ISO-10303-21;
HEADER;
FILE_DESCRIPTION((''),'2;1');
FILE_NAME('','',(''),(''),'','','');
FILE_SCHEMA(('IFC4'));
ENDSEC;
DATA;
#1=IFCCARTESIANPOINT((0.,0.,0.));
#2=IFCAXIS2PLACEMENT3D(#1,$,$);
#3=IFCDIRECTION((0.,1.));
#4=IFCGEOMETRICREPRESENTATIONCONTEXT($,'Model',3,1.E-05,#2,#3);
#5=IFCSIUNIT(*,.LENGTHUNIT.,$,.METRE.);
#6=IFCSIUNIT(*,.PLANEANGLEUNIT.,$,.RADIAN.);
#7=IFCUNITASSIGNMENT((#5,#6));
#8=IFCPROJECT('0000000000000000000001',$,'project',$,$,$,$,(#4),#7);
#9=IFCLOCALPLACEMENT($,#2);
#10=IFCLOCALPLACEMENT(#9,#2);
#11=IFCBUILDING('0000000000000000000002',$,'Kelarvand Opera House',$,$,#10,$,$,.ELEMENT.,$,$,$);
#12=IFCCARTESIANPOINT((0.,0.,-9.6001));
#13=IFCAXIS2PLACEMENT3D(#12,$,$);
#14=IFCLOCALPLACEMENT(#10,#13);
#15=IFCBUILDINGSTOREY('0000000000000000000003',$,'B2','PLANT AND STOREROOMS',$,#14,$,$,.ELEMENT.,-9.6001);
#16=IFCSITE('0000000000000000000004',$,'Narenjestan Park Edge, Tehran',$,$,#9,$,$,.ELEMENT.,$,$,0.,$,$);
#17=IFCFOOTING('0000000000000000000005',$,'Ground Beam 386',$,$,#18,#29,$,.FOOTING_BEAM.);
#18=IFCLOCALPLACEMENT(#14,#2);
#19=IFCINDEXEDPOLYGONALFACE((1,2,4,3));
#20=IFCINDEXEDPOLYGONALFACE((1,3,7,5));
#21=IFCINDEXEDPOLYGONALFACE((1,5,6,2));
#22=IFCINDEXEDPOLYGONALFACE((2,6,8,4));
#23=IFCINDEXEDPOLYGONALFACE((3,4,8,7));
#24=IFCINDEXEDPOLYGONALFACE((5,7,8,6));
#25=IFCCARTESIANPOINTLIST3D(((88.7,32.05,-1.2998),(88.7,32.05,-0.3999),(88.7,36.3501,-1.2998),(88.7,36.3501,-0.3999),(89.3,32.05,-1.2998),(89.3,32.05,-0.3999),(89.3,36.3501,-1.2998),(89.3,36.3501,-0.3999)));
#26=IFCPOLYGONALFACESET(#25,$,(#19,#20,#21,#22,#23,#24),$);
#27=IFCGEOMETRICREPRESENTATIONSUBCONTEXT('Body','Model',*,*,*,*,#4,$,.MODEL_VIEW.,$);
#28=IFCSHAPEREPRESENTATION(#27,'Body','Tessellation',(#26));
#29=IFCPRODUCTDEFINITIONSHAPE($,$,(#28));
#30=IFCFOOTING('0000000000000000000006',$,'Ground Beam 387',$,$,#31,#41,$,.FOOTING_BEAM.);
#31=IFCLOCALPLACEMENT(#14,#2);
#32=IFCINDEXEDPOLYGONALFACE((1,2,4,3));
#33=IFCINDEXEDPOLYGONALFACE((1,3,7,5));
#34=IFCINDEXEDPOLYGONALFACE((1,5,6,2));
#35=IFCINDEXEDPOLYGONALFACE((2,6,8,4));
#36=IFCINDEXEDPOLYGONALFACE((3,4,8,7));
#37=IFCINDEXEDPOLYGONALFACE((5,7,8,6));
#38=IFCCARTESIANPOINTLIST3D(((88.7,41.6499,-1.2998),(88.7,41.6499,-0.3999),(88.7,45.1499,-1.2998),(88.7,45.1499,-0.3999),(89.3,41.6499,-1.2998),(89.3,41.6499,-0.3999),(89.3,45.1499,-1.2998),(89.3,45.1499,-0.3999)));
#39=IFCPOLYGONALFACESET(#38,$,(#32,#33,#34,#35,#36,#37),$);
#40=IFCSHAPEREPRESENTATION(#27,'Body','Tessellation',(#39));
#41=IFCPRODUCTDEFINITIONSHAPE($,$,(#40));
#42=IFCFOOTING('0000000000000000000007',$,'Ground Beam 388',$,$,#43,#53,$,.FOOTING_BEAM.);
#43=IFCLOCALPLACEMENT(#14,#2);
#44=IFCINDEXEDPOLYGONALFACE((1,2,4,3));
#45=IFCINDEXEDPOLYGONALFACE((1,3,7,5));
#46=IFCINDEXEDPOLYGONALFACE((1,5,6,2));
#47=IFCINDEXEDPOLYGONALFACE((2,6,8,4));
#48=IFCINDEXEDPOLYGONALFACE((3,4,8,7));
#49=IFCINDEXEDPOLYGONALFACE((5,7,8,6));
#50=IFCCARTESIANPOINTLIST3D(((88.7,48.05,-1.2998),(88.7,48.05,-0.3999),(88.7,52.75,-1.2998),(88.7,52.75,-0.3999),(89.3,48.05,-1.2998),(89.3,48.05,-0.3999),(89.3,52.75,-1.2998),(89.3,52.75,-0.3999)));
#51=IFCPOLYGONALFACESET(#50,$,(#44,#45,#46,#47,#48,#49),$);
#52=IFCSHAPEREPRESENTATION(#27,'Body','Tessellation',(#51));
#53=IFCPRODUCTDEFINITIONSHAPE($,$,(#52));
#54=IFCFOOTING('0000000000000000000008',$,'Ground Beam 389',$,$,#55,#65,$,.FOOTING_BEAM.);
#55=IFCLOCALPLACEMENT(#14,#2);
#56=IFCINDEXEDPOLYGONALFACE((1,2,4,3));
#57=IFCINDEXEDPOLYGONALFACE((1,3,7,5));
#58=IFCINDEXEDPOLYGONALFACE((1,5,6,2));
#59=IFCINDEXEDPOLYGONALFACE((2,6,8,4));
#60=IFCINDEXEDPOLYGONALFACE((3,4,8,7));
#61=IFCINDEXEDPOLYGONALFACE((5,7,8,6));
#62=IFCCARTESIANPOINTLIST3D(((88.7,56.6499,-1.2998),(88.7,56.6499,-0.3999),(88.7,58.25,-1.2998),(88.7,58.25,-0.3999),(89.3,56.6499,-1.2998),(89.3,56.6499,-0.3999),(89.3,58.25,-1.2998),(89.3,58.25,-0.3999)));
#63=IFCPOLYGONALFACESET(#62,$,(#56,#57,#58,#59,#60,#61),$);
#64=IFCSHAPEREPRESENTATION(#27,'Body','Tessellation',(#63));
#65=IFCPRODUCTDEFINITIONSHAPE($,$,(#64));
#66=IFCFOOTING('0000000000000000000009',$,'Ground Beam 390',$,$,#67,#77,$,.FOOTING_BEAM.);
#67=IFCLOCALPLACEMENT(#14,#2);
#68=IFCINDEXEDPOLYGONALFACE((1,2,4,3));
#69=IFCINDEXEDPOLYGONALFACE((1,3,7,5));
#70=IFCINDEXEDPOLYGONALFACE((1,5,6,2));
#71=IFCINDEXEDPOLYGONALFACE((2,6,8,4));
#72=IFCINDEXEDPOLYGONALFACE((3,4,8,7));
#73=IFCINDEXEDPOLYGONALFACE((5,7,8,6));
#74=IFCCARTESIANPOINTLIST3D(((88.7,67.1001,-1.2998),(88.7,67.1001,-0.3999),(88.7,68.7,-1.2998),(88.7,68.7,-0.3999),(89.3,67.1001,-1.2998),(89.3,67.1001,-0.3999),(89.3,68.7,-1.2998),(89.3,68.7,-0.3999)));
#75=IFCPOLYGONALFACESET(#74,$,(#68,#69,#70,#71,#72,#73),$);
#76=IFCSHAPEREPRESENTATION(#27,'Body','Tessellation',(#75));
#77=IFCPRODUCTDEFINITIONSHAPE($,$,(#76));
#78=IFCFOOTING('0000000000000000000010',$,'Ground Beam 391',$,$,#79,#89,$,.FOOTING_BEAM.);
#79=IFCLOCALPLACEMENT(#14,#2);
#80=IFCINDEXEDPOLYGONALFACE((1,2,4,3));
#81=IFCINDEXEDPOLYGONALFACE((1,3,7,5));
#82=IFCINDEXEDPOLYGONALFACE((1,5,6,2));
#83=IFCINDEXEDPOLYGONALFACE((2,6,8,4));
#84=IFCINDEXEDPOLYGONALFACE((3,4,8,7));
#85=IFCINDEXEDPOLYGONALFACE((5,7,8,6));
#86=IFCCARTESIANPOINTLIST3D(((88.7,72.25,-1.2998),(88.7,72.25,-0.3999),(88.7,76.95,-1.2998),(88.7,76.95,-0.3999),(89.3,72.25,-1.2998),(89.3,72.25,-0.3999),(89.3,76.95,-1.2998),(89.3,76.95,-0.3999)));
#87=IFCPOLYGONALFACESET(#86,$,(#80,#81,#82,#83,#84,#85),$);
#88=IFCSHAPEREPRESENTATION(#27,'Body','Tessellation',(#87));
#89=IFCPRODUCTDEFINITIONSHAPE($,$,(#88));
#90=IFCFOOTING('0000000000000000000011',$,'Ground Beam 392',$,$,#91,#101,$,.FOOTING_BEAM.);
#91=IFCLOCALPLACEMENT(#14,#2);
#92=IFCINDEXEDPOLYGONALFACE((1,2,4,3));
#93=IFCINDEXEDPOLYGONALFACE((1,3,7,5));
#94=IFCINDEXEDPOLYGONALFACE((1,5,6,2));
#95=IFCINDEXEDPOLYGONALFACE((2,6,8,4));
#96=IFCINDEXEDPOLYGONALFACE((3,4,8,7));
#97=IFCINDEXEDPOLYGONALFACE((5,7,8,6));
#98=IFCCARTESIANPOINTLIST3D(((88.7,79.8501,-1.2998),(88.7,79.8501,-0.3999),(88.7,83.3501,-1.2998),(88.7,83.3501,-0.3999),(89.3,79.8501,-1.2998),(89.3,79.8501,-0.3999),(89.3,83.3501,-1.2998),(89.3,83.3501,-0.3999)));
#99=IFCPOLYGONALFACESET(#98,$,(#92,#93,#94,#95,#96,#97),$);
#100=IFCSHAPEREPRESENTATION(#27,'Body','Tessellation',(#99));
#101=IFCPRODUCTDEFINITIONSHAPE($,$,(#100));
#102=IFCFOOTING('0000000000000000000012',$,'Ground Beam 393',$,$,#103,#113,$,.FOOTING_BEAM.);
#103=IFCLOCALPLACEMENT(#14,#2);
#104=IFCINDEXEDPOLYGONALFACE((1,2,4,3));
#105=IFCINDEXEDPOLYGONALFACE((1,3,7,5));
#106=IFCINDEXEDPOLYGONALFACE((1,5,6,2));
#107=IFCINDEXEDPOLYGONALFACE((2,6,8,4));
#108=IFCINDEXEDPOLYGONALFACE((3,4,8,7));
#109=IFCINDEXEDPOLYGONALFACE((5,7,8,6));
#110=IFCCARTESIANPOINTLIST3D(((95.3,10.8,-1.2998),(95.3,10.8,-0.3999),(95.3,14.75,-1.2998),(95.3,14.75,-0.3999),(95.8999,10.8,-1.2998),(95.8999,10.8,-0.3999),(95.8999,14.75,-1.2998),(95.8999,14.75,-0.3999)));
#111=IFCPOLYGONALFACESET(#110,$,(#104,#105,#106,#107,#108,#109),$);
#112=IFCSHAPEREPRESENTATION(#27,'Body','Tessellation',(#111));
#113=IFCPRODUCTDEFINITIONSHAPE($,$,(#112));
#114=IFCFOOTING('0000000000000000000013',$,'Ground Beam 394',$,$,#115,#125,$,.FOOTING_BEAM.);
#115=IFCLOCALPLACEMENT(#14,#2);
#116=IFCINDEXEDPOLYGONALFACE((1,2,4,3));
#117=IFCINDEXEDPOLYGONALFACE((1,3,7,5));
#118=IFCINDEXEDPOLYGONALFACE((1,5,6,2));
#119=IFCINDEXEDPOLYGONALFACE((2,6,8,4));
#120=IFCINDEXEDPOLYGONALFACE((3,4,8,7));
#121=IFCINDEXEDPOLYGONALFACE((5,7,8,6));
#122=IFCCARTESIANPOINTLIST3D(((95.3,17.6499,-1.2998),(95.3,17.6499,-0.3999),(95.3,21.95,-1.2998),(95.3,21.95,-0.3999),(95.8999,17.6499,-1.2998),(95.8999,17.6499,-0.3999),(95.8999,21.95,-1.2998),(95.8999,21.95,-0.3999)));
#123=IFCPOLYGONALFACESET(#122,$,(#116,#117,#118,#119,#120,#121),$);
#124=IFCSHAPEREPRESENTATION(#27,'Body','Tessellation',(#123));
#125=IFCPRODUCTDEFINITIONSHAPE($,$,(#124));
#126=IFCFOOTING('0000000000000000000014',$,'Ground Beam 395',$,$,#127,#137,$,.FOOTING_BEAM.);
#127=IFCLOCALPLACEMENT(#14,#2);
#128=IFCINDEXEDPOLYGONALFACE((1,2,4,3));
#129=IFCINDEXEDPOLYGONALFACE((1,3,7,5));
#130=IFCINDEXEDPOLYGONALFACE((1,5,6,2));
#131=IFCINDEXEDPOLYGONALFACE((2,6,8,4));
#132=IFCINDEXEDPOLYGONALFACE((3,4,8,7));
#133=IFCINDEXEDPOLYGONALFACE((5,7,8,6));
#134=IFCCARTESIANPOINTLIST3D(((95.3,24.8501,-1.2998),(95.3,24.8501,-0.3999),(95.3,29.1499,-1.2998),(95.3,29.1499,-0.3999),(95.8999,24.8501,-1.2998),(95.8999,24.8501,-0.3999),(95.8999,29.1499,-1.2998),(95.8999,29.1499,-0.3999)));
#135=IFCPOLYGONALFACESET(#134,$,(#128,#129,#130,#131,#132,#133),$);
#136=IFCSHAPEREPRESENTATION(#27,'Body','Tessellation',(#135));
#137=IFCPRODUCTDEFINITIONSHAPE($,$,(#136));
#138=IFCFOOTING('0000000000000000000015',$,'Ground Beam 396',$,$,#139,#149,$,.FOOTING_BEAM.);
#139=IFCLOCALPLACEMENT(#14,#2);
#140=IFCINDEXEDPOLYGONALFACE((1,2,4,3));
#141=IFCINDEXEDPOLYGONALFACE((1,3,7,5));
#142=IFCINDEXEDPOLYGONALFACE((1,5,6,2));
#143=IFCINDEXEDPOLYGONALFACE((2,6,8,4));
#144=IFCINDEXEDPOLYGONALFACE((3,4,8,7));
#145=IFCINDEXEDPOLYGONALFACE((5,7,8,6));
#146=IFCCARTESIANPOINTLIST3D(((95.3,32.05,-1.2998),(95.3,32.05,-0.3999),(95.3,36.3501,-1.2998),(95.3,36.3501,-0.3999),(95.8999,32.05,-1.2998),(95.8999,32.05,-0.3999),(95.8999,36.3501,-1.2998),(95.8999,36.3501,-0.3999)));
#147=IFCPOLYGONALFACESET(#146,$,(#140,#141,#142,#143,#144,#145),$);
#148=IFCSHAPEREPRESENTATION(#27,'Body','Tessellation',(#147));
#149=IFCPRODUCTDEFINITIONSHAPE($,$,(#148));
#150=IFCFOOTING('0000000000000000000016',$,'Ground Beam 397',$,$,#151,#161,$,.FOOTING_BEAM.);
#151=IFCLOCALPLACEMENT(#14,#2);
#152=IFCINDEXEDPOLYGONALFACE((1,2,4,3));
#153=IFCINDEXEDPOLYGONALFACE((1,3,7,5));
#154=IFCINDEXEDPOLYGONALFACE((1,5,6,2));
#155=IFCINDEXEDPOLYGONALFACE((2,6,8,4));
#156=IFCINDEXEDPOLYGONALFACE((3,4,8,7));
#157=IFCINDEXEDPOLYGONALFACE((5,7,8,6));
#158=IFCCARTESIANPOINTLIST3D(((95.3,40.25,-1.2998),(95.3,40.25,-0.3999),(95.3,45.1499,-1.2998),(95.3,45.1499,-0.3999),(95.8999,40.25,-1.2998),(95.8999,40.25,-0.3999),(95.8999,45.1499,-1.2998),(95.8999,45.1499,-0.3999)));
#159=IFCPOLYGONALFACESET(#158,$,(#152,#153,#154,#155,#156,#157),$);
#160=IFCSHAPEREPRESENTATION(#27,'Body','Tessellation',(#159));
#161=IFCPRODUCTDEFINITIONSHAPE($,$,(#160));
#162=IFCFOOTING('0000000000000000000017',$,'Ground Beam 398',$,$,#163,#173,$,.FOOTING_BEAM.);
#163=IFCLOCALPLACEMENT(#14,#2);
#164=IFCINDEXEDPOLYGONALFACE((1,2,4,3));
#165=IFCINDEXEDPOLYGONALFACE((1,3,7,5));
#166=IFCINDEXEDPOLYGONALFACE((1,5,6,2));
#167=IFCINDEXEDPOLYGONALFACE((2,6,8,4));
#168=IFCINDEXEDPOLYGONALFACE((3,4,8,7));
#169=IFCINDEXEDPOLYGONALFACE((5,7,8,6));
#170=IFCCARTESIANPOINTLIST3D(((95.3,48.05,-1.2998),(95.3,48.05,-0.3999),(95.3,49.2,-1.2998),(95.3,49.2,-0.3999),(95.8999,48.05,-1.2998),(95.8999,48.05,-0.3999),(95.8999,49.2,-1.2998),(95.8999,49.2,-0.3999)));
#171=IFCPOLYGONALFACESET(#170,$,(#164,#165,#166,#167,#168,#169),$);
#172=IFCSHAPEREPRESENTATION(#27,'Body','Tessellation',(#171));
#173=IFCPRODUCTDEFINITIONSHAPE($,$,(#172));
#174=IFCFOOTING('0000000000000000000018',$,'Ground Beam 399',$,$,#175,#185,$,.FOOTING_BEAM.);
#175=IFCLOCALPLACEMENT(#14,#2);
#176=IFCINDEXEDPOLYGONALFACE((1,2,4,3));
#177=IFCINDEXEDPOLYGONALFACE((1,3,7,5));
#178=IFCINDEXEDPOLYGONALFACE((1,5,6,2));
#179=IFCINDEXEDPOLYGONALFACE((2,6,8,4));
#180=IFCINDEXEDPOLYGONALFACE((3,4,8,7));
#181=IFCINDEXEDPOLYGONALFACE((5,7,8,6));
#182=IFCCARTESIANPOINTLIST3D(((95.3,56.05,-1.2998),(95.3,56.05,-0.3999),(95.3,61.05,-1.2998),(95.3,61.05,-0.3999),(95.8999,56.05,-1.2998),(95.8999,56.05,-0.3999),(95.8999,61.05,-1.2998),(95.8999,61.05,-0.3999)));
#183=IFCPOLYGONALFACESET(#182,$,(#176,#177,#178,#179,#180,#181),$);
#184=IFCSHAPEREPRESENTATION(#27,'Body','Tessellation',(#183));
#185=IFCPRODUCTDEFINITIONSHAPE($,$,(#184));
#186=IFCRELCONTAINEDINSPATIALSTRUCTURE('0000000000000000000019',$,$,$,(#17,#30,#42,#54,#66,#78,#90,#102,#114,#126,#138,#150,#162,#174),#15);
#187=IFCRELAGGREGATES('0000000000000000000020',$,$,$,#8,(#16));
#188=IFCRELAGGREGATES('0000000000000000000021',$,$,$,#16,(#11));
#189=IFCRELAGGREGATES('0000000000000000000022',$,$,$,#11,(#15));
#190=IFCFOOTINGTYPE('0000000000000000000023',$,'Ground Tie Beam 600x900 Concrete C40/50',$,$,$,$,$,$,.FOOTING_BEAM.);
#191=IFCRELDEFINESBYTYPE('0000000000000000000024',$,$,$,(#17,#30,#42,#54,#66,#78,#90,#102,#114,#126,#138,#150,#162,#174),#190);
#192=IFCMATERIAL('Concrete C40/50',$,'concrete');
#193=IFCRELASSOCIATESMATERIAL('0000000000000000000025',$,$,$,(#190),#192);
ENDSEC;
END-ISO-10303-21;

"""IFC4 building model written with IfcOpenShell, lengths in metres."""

from ifc_helpers import new_model, si_unit, direction, frame, origin, place, context, subcontext, project, spatial, polyline, outline, extrude, material, type_object, element, save


model = new_model("IFC4")

# Units and contexts
model_context = context("Model", 3, precision=1e-05, world=origin(), true_north=direction((0.0, 1.0)))
body_context = subcontext(model_context, "Body", "Model", "MODEL_VIEW")
ifc_project = project(units=[si_unit("LENGTHUNIT", "METRE"), si_unit("PLANEANGLEUNIT", "RADIAN")], contexts=[model_context])

# Site, building, storey
site_placement = place(None, origin())
site = spatial("IfcSite", under=ifc_project, at=site_placement, Name="Narenjestan Park Edge, Tehran", CompositionType="ELEMENT", RefElevation=0.0)
building_placement = place(site_placement, origin())
building = spatial("IfcBuilding", under=site, at=building_placement, Name="Kelarvand Opera House", CompositionType="ELEMENT")
storey_placement = place(building_placement, frame((0.0, 0.0, -9.6001)))
storey = spatial("IfcBuildingStorey", under=building, at=storey_placement, Name="B2", Description="PLANT AND STOREROOMS", CompositionType="ELEMENT", Elevation=-9.6001)

# Footings
ifc_material = material(Name="Concrete C40/50", Category="concrete")
footing_type = type_object("IfcFootingType", Name="Ground Tie Beam 600x900 Concrete C40/50", PredefinedType="FOOTING_BEAM", material=ifc_material)
footing_1_placement = place(storey_placement, frame((0.0, 0.0, -1.2998)))
element("IfcFooting", 1, at=footing_1_placement, inside=storey, type_object=footing_type, Name="Ground Beam 386", PredefinedType="FOOTING_BEAM", context=body_context, shape_type="SweptSolid", body=[
    extrude(outline(polyline([(88.7, 32.05), (89.3, 32.05), (89.3, 36.3501), (88.7, 36.3501), (88.7, 32.05)])), origin(), (0.0, 0.0, 1.0), 0.8999),
])
footing_2_placement = place(storey_placement, frame((0.0, 0.0, -1.2998)))
element("IfcFooting", 2, at=footing_2_placement, inside=storey, type_object=footing_type, Name="Ground Beam 387", PredefinedType="FOOTING_BEAM", context=body_context, shape_type="SweptSolid", body=[
    extrude(outline(polyline([(88.7, 41.6499), (89.3, 41.6499), (89.3, 45.1499), (88.7, 45.1499), (88.7, 41.6499)])), origin(), (0.0, 0.0, 1.0), 0.8999),
])
footing_3_placement = place(storey_placement, frame((0.0, 0.0, -1.2998)))
element("IfcFooting", 3, at=footing_3_placement, inside=storey, type_object=footing_type, Name="Ground Beam 388", PredefinedType="FOOTING_BEAM", context=body_context, shape_type="SweptSolid", body=[
    extrude(outline(polyline([(88.7, 48.05), (89.3, 48.05), (89.3, 52.75), (88.7, 52.75), (88.7, 48.05)])), origin(), (0.0, 0.0, 1.0), 0.8999),
])
footing_4_placement = place(storey_placement, frame((0.0, 0.0, -1.2998)))
element("IfcFooting", 4, at=footing_4_placement, inside=storey, type_object=footing_type, Name="Ground Beam 389", PredefinedType="FOOTING_BEAM", context=body_context, shape_type="SweptSolid", body=[
    extrude(outline(polyline([(88.7, 56.6499), (89.3, 56.6499), (89.3, 58.25), (88.7, 58.25), (88.7, 56.6499)])), origin(), (0.0, 0.0, 1.0), 0.8999),
])
footing_5_placement = place(storey_placement, frame((0.0, 0.0, -1.2998)))
element("IfcFooting", 5, at=footing_5_placement, inside=storey, type_object=footing_type, Name="Ground Beam 390", PredefinedType="FOOTING_BEAM", context=body_context, shape_type="SweptSolid", body=[
    extrude(outline(polyline([(88.7, 67.1001), (89.3, 67.1001), (89.3, 68.7), (88.7, 68.7), (88.7, 67.1001)])), origin(), (0.0, 0.0, 1.0), 0.8999),
])
footing_6_placement = place(storey_placement, frame((0.0, 0.0, -1.2998)))
element("IfcFooting", 6, at=footing_6_placement, inside=storey, type_object=footing_type, Name="Ground Beam 391", PredefinedType="FOOTING_BEAM", context=body_context, shape_type="SweptSolid", body=[
    extrude(outline(polyline([(88.7, 72.25), (89.3, 72.25), (89.3, 76.95), (88.7, 76.95), (88.7, 72.25)])), origin(), (0.0, 0.0, 1.0), 0.8999),
])
footing_7_placement = place(storey_placement, frame((0.0, 0.0, -1.2998)))
element("IfcFooting", 7, at=footing_7_placement, inside=storey, type_object=footing_type, Name="Ground Beam 392", PredefinedType="FOOTING_BEAM", context=body_context, shape_type="SweptSolid", body=[
    extrude(outline(polyline([(88.7, 79.8501), (89.3, 79.8501), (89.3, 83.3501), (88.7, 83.3501), (88.7, 79.8501)])), origin(), (0.0, 0.0, 1.0), 0.8999),
])
footing_8_placement = place(storey_placement, frame((0.0, 0.0, -1.2998)))
element("IfcFooting", 8, at=footing_8_placement, inside=storey, type_object=footing_type, Name="Ground Beam 393", PredefinedType="FOOTING_BEAM", context=body_context, shape_type="SweptSolid", body=[
    extrude(outline(polyline([(95.3, 10.8), (95.8999, 10.8), (95.8999, 14.75), (95.3, 14.75), (95.3, 10.8)])), origin(), (0.0, 0.0, 1.0), 0.8999),
])
footing_9_placement = place(storey_placement, frame((0.0, 0.0, -1.2998)))
element("IfcFooting", 9, at=footing_9_placement, inside=storey, type_object=footing_type, Name="Ground Beam 394", PredefinedType="FOOTING_BEAM", context=body_context, shape_type="SweptSolid", body=[
    extrude(outline(polyline([(95.3, 17.6499), (95.8999, 17.6499), (95.8999, 21.95), (95.3, 21.95), (95.3, 17.6499)])), origin(), (0.0, 0.0, 1.0), 0.8999),
])
footing_10_placement = place(storey_placement, frame((0.0, 0.0, -1.2998)))
element("IfcFooting", 10, at=footing_10_placement, inside=storey, type_object=footing_type, Name="Ground Beam 395", PredefinedType="FOOTING_BEAM", context=body_context, shape_type="SweptSolid", body=[
    extrude(outline(polyline([(95.3, 24.8501), (95.8999, 24.8501), (95.8999, 29.1499), (95.3, 29.1499), (95.3, 24.8501)])), origin(), (0.0, 0.0, 1.0), 0.8999),
])
footing_11_placement = place(storey_placement, frame((0.0, 0.0, -1.2998)))
element("IfcFooting", 11, at=footing_11_placement, inside=storey, type_object=footing_type, Name="Ground Beam 396", PredefinedType="FOOTING_BEAM", context=body_context, shape_type="SweptSolid", body=[
    extrude(outline(polyline([(95.3, 32.05), (95.8999, 32.05), (95.8999, 36.3501), (95.3, 36.3501), (95.3, 32.05)])), origin(), (0.0, 0.0, 1.0), 0.8999),
])
footing_12_placement = place(storey_placement, frame((0.0, 0.0, -1.2998)))
element("IfcFooting", 12, at=footing_12_placement, inside=storey, type_object=footing_type, Name="Ground Beam 397", PredefinedType="FOOTING_BEAM", context=body_context, shape_type="SweptSolid", body=[
    extrude(outline(polyline([(95.3, 40.25), (95.8999, 40.25), (95.8999, 45.1499), (95.3, 45.1499), (95.3, 40.25)])), origin(), (0.0, 0.0, 1.0), 0.8999),
])
footing_13_placement = place(storey_placement, frame((0.0, 0.0, -1.2998)))
element("IfcFooting", 13, at=footing_13_placement, inside=storey, type_object=footing_type, Name="Ground Beam 398", PredefinedType="FOOTING_BEAM", context=body_context, shape_type="SweptSolid", body=[
    extrude(outline(polyline([(95.3, 48.05), (95.8999, 48.05), (95.8999, 49.2), (95.3, 49.2), (95.3, 48.05)])), origin(), (0.0, 0.0, 1.0), 0.8999),
])
footing_14_placement = place(storey_placement, frame((0.0, 0.0, -1.2998)))
element("IfcFooting", 14, at=footing_14_placement, inside=storey, type_object=footing_type, Name="Ground Beam 399", PredefinedType="FOOTING_BEAM", context=body_context, shape_type="SweptSolid", body=[
    extrude(outline(polyline([(95.3, 56.05), (95.8999, 56.05), (95.8999, 61.05), (95.3, 61.05), (95.3, 56.05)])), origin(), (0.0, 0.0, 1.0), 0.8999),
])

save(model, "model.ifc")
